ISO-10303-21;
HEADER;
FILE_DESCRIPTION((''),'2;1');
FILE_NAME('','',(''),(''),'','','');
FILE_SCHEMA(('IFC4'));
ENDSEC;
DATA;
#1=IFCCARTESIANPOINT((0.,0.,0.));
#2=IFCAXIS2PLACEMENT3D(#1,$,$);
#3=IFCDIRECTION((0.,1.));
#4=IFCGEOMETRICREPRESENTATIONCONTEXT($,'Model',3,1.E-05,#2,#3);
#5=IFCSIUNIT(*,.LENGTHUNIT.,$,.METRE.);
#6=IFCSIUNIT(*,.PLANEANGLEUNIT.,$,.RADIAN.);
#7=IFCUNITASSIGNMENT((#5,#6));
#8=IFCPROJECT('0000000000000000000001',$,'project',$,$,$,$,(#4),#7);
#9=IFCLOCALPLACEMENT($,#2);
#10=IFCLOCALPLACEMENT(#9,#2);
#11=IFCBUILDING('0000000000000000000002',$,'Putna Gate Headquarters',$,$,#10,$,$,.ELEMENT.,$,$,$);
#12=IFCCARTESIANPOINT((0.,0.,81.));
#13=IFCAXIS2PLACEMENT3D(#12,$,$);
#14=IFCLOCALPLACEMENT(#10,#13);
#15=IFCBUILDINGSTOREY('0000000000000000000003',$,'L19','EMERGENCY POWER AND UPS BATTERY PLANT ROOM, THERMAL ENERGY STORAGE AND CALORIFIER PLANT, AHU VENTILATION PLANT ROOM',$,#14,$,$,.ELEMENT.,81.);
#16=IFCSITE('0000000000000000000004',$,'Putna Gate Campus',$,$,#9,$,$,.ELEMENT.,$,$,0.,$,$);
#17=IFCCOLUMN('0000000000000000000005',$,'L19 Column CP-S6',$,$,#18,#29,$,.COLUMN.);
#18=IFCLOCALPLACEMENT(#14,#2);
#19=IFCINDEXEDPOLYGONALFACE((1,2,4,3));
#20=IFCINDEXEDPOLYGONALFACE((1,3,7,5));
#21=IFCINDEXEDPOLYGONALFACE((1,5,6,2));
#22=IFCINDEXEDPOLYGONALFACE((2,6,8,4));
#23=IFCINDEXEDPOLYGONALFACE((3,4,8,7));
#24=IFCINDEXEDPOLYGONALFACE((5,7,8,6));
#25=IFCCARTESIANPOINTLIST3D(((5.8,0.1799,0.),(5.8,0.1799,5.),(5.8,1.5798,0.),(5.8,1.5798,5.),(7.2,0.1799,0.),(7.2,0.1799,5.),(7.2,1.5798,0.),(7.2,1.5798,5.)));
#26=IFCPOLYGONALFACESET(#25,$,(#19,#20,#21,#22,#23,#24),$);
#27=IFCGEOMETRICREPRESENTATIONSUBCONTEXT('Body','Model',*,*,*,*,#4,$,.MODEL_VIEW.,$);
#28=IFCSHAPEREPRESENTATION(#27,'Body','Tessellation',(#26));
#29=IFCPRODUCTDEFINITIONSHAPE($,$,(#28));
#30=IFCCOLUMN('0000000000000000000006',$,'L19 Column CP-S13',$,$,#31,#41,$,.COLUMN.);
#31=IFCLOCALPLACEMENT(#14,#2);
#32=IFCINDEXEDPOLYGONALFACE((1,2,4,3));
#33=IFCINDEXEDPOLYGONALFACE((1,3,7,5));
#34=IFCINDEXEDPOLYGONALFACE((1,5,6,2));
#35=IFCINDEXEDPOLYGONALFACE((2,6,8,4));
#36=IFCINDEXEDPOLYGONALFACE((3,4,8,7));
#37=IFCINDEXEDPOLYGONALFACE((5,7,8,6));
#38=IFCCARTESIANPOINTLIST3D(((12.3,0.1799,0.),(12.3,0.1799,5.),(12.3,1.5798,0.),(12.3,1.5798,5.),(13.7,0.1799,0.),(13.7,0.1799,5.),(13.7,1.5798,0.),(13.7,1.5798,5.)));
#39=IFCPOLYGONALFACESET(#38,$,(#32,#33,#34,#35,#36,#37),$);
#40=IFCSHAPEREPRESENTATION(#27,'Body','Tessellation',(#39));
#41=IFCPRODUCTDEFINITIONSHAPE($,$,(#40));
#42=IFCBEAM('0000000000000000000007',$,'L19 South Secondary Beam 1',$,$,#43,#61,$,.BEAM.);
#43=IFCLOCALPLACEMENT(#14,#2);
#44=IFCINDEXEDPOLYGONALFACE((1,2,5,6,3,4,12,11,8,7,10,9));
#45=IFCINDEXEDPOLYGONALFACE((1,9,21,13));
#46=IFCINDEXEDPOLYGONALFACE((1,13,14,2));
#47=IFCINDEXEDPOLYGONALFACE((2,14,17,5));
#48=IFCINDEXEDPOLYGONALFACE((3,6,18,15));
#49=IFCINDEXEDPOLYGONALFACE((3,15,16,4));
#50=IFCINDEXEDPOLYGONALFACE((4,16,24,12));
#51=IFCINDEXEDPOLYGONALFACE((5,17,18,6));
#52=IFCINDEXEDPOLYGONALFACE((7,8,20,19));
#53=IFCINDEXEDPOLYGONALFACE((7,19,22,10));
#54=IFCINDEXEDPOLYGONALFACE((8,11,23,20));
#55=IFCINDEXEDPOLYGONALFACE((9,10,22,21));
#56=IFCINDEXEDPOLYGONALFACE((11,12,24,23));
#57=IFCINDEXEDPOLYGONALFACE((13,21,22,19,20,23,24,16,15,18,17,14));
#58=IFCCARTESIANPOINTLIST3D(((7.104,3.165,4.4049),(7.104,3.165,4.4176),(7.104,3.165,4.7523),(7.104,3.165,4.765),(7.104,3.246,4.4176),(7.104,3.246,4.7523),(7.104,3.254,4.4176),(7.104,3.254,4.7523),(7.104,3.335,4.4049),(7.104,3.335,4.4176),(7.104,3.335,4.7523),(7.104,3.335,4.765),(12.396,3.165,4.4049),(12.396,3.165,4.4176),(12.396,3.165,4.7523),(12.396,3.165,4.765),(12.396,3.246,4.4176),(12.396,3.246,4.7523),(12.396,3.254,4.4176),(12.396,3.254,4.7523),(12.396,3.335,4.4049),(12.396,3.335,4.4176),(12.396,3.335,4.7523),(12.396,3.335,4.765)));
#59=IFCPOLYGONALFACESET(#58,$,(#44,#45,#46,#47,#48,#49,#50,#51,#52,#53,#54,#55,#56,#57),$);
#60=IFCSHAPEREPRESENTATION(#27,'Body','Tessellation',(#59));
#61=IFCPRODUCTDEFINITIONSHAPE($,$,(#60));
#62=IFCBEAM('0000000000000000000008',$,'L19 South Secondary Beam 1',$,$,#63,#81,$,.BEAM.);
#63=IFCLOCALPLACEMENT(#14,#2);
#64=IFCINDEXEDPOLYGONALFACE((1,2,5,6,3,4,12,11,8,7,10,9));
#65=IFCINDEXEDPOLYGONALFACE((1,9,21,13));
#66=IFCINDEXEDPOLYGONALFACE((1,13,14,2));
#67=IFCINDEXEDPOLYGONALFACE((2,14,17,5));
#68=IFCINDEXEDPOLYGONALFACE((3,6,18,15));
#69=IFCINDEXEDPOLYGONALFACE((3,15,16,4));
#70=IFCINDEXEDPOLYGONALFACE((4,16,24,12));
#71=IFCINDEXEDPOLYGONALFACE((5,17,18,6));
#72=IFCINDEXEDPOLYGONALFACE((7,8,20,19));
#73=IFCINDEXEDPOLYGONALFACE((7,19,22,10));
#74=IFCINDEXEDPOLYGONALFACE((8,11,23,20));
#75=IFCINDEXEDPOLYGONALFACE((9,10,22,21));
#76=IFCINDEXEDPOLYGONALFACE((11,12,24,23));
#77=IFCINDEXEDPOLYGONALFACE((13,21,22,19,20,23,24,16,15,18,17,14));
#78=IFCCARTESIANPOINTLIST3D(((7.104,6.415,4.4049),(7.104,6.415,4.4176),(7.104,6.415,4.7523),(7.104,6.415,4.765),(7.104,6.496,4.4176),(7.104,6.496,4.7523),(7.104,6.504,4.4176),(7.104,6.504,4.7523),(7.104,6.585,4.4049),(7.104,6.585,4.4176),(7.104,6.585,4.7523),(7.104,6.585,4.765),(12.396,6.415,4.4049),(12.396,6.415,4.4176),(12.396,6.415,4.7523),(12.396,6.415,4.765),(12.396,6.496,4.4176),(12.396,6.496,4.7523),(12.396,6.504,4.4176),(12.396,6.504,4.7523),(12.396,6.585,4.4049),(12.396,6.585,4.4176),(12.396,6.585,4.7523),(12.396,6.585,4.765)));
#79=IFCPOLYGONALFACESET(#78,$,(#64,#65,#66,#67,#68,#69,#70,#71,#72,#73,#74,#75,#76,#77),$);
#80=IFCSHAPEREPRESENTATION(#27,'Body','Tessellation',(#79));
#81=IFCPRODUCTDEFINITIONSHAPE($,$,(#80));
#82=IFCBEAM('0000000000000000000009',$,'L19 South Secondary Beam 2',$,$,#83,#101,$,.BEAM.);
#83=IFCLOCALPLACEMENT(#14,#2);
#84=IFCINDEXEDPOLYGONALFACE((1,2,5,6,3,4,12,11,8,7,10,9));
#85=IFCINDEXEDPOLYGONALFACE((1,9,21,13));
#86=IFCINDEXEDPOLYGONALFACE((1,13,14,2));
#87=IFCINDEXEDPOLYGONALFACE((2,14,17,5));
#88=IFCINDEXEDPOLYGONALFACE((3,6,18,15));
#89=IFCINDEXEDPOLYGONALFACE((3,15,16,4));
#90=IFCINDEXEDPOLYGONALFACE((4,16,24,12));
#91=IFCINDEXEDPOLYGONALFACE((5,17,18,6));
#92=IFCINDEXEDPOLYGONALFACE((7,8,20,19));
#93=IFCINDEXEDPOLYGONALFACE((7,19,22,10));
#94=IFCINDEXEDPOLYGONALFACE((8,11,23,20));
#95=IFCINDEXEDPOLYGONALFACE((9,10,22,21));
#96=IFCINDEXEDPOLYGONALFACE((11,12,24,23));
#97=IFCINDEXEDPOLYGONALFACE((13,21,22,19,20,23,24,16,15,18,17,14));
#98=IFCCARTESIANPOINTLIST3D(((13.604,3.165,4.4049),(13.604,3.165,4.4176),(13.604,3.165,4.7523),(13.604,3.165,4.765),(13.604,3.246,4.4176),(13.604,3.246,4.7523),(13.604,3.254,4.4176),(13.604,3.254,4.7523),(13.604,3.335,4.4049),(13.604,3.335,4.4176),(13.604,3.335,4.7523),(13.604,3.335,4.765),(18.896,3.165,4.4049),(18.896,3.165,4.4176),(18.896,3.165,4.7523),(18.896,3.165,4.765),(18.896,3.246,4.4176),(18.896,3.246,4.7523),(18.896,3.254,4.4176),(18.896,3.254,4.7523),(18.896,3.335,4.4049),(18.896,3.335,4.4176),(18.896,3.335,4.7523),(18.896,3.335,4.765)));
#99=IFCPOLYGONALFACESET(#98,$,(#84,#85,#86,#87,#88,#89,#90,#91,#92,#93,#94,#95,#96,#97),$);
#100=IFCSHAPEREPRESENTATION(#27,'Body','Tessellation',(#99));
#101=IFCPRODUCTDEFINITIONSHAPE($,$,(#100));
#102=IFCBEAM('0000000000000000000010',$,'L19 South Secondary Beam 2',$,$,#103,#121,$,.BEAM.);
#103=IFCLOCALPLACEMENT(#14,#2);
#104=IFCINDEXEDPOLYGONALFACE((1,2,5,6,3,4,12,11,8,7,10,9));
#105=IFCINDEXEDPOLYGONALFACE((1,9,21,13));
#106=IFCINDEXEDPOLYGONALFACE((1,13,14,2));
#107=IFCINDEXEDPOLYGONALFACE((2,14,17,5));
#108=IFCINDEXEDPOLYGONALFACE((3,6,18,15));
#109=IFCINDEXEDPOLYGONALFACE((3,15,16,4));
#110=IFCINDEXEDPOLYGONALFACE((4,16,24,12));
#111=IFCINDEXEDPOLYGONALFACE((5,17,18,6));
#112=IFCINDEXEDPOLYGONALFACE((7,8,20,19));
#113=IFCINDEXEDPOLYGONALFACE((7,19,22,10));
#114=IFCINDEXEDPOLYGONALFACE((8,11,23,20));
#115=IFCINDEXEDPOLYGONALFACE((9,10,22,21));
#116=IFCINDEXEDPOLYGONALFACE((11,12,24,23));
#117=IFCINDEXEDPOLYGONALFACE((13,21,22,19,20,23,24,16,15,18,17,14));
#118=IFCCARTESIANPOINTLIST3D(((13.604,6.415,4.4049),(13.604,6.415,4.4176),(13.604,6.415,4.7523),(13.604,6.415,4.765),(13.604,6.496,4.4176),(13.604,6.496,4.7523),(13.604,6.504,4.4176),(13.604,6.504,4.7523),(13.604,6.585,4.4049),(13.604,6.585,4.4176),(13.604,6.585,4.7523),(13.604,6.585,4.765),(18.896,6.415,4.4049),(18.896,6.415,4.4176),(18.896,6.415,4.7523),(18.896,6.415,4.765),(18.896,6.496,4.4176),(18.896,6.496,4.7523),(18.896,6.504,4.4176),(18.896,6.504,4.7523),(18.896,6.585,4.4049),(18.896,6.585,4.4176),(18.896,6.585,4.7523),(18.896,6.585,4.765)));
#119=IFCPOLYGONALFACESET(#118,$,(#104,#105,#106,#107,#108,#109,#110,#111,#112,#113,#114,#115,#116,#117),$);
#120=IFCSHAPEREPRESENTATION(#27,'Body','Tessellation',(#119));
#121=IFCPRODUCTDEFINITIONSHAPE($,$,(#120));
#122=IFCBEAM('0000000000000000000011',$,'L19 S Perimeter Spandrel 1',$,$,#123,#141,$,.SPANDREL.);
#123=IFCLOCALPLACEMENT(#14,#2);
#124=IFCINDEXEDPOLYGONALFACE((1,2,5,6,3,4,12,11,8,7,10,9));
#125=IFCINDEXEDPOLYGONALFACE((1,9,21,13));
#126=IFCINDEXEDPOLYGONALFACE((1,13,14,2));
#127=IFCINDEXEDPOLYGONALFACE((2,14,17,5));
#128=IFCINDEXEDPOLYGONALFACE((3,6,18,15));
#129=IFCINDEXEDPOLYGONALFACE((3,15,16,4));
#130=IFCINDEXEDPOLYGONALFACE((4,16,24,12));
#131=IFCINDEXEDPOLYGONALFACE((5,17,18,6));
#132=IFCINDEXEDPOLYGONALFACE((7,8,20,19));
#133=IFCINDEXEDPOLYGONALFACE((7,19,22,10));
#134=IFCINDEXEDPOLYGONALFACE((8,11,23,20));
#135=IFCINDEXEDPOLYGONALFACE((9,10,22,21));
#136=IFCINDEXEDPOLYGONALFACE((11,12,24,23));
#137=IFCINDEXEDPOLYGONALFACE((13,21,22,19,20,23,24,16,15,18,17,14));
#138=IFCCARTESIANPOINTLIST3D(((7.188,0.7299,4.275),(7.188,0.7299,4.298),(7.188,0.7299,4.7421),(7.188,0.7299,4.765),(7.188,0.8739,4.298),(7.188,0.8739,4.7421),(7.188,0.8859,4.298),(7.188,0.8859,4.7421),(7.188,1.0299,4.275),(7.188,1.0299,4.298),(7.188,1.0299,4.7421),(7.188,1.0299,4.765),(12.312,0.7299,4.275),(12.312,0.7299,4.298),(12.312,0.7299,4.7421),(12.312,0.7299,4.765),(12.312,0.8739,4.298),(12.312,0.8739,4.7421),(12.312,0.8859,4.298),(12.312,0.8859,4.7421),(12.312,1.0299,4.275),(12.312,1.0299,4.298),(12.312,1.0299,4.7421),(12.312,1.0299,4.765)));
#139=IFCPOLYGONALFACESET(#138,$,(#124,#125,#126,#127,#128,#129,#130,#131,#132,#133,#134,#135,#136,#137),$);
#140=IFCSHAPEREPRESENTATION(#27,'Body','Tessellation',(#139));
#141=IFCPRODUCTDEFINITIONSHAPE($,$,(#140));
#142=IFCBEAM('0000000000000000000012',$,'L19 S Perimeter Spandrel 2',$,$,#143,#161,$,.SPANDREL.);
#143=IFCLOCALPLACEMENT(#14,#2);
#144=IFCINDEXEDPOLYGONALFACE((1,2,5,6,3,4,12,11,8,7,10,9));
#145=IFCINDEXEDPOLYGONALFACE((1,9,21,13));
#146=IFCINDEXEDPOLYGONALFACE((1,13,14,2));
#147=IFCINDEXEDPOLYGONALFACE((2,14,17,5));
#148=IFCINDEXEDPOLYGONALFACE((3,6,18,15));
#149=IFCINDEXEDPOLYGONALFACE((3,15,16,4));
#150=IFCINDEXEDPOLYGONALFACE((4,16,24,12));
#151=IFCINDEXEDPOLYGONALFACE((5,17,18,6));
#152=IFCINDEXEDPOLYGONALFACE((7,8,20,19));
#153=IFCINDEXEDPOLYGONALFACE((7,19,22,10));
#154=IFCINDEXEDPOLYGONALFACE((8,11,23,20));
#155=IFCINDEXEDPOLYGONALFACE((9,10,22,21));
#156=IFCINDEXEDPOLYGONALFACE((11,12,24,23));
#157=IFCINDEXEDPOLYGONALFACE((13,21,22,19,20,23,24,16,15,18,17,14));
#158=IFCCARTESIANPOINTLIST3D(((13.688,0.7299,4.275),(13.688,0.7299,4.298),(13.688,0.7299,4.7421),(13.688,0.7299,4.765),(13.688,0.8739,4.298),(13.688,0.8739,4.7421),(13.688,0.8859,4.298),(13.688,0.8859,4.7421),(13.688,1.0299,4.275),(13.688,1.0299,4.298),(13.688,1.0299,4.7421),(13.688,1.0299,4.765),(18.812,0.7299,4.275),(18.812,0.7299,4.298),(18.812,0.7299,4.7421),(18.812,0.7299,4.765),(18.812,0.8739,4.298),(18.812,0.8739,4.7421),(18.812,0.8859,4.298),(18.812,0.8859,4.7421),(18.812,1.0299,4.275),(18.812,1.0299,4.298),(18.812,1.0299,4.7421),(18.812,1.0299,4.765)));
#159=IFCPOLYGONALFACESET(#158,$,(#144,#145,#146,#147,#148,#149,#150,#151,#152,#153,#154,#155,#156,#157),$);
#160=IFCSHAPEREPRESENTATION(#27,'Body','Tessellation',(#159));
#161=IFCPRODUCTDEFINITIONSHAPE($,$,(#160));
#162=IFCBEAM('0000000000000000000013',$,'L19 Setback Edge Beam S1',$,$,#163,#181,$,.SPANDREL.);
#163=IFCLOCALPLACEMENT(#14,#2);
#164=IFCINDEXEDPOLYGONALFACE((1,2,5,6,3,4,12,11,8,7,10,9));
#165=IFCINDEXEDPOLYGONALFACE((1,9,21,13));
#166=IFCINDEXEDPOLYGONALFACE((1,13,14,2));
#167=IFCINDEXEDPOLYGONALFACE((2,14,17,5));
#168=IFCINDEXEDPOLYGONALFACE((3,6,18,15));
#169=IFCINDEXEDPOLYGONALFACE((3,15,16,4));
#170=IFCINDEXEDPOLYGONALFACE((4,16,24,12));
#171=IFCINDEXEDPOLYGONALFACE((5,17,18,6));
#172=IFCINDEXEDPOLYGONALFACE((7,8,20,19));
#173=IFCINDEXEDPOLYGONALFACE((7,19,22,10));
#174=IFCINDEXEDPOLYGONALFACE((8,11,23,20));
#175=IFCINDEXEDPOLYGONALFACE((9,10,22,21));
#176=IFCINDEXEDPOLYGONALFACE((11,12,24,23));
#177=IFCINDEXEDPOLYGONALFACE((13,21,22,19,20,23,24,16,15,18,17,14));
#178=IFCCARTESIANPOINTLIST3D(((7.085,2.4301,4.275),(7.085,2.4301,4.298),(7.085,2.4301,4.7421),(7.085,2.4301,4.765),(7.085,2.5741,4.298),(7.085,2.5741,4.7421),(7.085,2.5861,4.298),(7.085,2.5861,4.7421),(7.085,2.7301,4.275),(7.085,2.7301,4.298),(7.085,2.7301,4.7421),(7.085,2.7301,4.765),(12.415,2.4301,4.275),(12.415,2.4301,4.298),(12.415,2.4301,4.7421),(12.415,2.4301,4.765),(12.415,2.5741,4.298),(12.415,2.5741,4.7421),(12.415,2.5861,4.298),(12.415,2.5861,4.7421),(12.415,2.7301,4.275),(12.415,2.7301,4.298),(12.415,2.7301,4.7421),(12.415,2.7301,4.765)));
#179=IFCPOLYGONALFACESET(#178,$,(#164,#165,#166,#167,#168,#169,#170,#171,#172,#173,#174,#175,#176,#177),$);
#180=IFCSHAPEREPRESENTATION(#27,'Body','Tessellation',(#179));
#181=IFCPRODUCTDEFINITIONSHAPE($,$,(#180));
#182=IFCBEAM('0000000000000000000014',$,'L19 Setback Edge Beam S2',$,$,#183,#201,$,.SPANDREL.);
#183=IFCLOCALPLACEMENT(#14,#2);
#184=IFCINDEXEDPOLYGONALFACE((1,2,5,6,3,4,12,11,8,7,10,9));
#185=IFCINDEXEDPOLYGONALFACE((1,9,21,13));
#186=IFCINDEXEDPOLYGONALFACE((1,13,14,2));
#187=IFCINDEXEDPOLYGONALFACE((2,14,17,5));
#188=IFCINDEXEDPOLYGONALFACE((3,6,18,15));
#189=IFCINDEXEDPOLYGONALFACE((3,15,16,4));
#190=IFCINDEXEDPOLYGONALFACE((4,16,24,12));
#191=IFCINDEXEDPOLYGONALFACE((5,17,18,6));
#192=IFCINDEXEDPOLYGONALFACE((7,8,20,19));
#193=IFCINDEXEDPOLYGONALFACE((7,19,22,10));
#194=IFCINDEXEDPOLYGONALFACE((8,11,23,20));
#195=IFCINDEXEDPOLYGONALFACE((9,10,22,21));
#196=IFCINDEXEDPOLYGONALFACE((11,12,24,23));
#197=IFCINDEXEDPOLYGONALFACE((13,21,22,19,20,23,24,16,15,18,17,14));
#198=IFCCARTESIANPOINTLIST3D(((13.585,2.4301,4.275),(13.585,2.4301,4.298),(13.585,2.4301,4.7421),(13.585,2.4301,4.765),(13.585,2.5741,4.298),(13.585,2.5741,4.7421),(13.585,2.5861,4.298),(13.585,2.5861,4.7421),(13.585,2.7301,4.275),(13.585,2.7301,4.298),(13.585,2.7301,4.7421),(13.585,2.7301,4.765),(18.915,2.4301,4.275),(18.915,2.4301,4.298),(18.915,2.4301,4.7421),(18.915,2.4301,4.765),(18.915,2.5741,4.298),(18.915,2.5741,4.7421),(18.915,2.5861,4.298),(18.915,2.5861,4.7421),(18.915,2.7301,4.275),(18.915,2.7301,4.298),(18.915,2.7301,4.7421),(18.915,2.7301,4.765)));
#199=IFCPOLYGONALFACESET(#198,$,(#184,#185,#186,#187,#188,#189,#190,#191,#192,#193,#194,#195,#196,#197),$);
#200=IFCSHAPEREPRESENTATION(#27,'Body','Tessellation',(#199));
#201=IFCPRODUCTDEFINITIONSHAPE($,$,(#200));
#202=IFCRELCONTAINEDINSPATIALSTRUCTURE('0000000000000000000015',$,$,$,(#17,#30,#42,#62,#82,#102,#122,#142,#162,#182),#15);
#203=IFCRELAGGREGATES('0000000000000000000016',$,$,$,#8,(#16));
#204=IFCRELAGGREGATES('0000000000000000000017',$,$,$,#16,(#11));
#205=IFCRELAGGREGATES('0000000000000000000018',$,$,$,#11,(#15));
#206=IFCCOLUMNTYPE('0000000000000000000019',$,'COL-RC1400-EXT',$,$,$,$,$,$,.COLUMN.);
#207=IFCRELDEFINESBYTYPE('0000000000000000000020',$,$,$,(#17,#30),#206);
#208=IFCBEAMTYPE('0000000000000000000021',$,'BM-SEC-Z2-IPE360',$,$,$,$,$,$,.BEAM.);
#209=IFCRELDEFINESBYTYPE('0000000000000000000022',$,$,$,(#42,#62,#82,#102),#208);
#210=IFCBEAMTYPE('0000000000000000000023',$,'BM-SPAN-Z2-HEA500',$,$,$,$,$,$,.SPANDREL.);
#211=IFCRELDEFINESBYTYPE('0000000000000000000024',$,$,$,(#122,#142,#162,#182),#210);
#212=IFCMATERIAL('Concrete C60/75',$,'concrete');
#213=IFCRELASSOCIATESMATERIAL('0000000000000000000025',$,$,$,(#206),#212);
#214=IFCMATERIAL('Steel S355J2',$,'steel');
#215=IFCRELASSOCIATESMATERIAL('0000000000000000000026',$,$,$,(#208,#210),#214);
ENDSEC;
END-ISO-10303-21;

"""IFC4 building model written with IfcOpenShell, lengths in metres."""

from ifc_helpers import new_model, si_unit, direction, frame, origin, origin_2d, place, context, subcontext, project, spatial, rectangle, i_section, extrude, material, material_profile, profile_set, type_object, element, save


model = new_model("IFC4")

# Units and contexts
model_context = context("Model", 3, precision=1e-05, world=origin(), true_north=direction((0.0, 1.0)))
body_context = subcontext(model_context, "Body", "Model", "MODEL_VIEW")
ifc_project = project(units=[si_unit("LENGTHUNIT", "METRE"), si_unit("PLANEANGLEUNIT", "RADIAN")], contexts=[model_context])

# Site, building, storey
site_placement = place(None, origin())
site = spatial("IfcSite", under=ifc_project, at=site_placement, Name="Putna Gate Campus", CompositionType="ELEMENT", RefElevation=0.0)
building_placement = place(site_placement, origin())
building = spatial("IfcBuilding", under=site, at=building_placement, Name="Putna Gate Headquarters", CompositionType="ELEMENT")
storey_placement = place(building_placement, frame((0.0, 0.0, 81.0)))
storey = spatial("IfcBuildingStorey", under=building, at=storey_placement, Name="L19", Description="EMERGENCY POWER AND UPS BATTERY PLANT ROOM, THERMAL ENERGY STORAGE AND CALORIFIER PLANT, AHU VENTILATION PLANT ROOM", CompositionType="ELEMENT", Elevation=81.0)

# Columns
ifc_material_1 = material(Name="Concrete C60/75", Category="concrete")
ifc_material_profile_1 = material_profile(ifc_material_1, rectangle(XDim=1.3999, YDim=1.3999, at=origin_2d()), Name="Concrete C60/75")
ifc_profile_set_1 = profile_set([ifc_material_profile_1], Name="Concrete C60/75")
column_type = type_object("IfcColumnType", Name="COL-RC1400-EXT", PredefinedType="COLUMN", material=ifc_profile_set_1)
for number, where, z_axis, x_axis, name in (
    (1, (6.5, 0.8799, 0.0), (0.0, 0.0, 1.0), (1.0, 0.0, 0.0), "L19 Column CP-S6"),
    (2, (13.0, 0.8799, 0.0), (0.0, 0.0, 1.0), (1.0, 0.0, 0.0), "L19 Column CP-S13"),
):
    element("IfcColumn", number, at=place(storey_placement, frame(where, z_axis=z_axis, x_axis=x_axis)), inside=storey, type_object=column_type, Name=name, PredefinedType="COLUMN", context=body_context, shape_type="SweptSolid", body=[
        extrude(rectangle(XDim=1.3999, YDim=1.3999, at=origin_2d()), origin(), (0.0, 0.0, 1.0), 5.0),
    ])

# Beams
ifc_material_2 = material(Name="Steel S355J2", Category="steel")
ifc_material_profile_2 = material_profile(ifc_material_2, i_section(OverallWidth=0.1699, OverallDepth=0.3601, WebThickness=0.0081, FlangeThickness=0.0127, at=origin_2d()), Name="Steel S355J2")
ifc_profile_set_2 = profile_set([ifc_material_profile_2], Name="Steel S355J2")
beam_type_1 = type_object("IfcBeamType", Name="BM-SEC-Z2-IPE360", PredefinedType="BEAM", material=ifc_profile_set_2)
for number, where, z_axis, x_axis, name in (
    (3, (7.104, 3.25, 4.585), (1.0, 0.0, 0.0), (0.0, 1.0, 0.0), "L19 South Secondary Beam 1"),
    (4, (7.104, 6.5, 4.585), (1.0, 0.0, 0.0), (0.0, 1.0, 0.0), "L19 South Secondary Beam 1"),
    (5, (13.604, 3.25, 4.585), (1.0, 0.0, 0.0), (0.0, 1.0, 0.0), "L19 South Secondary Beam 2"),
    (6, (13.604, 6.5, 4.585), (1.0, 0.0, 0.0), (0.0, 1.0, 0.0), "L19 South Secondary Beam 2"),
):
    element("IfcBeam", number, at=place(storey_placement, frame(where, z_axis=z_axis, x_axis=x_axis)), inside=storey, type_object=beam_type_1, Name=name, PredefinedType="BEAM", context=body_context, shape_type="SweptSolid", body=[
        extrude(i_section(OverallWidth=0.1699, OverallDepth=0.3601, WebThickness=0.0081, FlangeThickness=0.0127, at=origin_2d()), origin(), (0.0, 0.0, 1.0), 5.292),
    ])
ifc_material_profile_3 = material_profile(ifc_material_2, i_section(OverallWidth=0.3, OverallDepth=0.49, WebThickness=0.012, FlangeThickness=0.0229, at=origin_2d()), Name="Steel S355J2")
ifc_profile_set_3 = profile_set([ifc_material_profile_3], Name="Steel S355J2")
beam_type_2 = type_object("IfcBeamType", Name="BM-SPAN-Z2-HEA500", PredefinedType="SPANDREL", material=ifc_profile_set_3)
for number, where, z_axis, x_axis, name in (
    (7, (7.188, 0.8799, 4.52), (1.0, 0.0, 0.0), (0.0, 1.0, 0.0), "L19 S Perimeter Spandrel 1"),
    (8, (13.688, 0.8799, 4.52), (1.0, 0.0, 0.0), (0.0, 1.0, 0.0), "L19 S Perimeter Spandrel 2"),
):
    element("IfcBeam", number, at=place(storey_placement, frame(where, z_axis=z_axis, x_axis=x_axis)), inside=storey, type_object=beam_type_2, Name=name, PredefinedType="SPANDREL", context=body_context, shape_type="SweptSolid", body=[
        extrude(i_section(OverallWidth=0.3, OverallDepth=0.49, WebThickness=0.012, FlangeThickness=0.0229, at=origin_2d()), origin(), (0.0, 0.0, 1.0), 5.124),
    ])
for number, where, z_axis, x_axis, name in (
    (9, (7.085, 2.5801, 4.52), (1.0, 0.0, 0.0), (0.0, 1.0, 0.0), "L19 Setback Edge Beam S1"),
    (10, (13.585, 2.5801, 4.52), (1.0, 0.0, 0.0), (0.0, 1.0, 0.0), "L19 Setback Edge Beam S2"),
):
    element("IfcBeam", number, at=place(storey_placement, frame(where, z_axis=z_axis, x_axis=x_axis)), inside=storey, type_object=beam_type_2, Name=name, PredefinedType="SPANDREL", context=body_context, shape_type="SweptSolid", body=[
        extrude(i_section(OverallWidth=0.3, OverallDepth=0.49, WebThickness=0.012, FlangeThickness=0.0229, at=origin_2d()), origin(), (0.0, 0.0, 1.0), 5.3301),
    ])

save(model, "model.ifc")
